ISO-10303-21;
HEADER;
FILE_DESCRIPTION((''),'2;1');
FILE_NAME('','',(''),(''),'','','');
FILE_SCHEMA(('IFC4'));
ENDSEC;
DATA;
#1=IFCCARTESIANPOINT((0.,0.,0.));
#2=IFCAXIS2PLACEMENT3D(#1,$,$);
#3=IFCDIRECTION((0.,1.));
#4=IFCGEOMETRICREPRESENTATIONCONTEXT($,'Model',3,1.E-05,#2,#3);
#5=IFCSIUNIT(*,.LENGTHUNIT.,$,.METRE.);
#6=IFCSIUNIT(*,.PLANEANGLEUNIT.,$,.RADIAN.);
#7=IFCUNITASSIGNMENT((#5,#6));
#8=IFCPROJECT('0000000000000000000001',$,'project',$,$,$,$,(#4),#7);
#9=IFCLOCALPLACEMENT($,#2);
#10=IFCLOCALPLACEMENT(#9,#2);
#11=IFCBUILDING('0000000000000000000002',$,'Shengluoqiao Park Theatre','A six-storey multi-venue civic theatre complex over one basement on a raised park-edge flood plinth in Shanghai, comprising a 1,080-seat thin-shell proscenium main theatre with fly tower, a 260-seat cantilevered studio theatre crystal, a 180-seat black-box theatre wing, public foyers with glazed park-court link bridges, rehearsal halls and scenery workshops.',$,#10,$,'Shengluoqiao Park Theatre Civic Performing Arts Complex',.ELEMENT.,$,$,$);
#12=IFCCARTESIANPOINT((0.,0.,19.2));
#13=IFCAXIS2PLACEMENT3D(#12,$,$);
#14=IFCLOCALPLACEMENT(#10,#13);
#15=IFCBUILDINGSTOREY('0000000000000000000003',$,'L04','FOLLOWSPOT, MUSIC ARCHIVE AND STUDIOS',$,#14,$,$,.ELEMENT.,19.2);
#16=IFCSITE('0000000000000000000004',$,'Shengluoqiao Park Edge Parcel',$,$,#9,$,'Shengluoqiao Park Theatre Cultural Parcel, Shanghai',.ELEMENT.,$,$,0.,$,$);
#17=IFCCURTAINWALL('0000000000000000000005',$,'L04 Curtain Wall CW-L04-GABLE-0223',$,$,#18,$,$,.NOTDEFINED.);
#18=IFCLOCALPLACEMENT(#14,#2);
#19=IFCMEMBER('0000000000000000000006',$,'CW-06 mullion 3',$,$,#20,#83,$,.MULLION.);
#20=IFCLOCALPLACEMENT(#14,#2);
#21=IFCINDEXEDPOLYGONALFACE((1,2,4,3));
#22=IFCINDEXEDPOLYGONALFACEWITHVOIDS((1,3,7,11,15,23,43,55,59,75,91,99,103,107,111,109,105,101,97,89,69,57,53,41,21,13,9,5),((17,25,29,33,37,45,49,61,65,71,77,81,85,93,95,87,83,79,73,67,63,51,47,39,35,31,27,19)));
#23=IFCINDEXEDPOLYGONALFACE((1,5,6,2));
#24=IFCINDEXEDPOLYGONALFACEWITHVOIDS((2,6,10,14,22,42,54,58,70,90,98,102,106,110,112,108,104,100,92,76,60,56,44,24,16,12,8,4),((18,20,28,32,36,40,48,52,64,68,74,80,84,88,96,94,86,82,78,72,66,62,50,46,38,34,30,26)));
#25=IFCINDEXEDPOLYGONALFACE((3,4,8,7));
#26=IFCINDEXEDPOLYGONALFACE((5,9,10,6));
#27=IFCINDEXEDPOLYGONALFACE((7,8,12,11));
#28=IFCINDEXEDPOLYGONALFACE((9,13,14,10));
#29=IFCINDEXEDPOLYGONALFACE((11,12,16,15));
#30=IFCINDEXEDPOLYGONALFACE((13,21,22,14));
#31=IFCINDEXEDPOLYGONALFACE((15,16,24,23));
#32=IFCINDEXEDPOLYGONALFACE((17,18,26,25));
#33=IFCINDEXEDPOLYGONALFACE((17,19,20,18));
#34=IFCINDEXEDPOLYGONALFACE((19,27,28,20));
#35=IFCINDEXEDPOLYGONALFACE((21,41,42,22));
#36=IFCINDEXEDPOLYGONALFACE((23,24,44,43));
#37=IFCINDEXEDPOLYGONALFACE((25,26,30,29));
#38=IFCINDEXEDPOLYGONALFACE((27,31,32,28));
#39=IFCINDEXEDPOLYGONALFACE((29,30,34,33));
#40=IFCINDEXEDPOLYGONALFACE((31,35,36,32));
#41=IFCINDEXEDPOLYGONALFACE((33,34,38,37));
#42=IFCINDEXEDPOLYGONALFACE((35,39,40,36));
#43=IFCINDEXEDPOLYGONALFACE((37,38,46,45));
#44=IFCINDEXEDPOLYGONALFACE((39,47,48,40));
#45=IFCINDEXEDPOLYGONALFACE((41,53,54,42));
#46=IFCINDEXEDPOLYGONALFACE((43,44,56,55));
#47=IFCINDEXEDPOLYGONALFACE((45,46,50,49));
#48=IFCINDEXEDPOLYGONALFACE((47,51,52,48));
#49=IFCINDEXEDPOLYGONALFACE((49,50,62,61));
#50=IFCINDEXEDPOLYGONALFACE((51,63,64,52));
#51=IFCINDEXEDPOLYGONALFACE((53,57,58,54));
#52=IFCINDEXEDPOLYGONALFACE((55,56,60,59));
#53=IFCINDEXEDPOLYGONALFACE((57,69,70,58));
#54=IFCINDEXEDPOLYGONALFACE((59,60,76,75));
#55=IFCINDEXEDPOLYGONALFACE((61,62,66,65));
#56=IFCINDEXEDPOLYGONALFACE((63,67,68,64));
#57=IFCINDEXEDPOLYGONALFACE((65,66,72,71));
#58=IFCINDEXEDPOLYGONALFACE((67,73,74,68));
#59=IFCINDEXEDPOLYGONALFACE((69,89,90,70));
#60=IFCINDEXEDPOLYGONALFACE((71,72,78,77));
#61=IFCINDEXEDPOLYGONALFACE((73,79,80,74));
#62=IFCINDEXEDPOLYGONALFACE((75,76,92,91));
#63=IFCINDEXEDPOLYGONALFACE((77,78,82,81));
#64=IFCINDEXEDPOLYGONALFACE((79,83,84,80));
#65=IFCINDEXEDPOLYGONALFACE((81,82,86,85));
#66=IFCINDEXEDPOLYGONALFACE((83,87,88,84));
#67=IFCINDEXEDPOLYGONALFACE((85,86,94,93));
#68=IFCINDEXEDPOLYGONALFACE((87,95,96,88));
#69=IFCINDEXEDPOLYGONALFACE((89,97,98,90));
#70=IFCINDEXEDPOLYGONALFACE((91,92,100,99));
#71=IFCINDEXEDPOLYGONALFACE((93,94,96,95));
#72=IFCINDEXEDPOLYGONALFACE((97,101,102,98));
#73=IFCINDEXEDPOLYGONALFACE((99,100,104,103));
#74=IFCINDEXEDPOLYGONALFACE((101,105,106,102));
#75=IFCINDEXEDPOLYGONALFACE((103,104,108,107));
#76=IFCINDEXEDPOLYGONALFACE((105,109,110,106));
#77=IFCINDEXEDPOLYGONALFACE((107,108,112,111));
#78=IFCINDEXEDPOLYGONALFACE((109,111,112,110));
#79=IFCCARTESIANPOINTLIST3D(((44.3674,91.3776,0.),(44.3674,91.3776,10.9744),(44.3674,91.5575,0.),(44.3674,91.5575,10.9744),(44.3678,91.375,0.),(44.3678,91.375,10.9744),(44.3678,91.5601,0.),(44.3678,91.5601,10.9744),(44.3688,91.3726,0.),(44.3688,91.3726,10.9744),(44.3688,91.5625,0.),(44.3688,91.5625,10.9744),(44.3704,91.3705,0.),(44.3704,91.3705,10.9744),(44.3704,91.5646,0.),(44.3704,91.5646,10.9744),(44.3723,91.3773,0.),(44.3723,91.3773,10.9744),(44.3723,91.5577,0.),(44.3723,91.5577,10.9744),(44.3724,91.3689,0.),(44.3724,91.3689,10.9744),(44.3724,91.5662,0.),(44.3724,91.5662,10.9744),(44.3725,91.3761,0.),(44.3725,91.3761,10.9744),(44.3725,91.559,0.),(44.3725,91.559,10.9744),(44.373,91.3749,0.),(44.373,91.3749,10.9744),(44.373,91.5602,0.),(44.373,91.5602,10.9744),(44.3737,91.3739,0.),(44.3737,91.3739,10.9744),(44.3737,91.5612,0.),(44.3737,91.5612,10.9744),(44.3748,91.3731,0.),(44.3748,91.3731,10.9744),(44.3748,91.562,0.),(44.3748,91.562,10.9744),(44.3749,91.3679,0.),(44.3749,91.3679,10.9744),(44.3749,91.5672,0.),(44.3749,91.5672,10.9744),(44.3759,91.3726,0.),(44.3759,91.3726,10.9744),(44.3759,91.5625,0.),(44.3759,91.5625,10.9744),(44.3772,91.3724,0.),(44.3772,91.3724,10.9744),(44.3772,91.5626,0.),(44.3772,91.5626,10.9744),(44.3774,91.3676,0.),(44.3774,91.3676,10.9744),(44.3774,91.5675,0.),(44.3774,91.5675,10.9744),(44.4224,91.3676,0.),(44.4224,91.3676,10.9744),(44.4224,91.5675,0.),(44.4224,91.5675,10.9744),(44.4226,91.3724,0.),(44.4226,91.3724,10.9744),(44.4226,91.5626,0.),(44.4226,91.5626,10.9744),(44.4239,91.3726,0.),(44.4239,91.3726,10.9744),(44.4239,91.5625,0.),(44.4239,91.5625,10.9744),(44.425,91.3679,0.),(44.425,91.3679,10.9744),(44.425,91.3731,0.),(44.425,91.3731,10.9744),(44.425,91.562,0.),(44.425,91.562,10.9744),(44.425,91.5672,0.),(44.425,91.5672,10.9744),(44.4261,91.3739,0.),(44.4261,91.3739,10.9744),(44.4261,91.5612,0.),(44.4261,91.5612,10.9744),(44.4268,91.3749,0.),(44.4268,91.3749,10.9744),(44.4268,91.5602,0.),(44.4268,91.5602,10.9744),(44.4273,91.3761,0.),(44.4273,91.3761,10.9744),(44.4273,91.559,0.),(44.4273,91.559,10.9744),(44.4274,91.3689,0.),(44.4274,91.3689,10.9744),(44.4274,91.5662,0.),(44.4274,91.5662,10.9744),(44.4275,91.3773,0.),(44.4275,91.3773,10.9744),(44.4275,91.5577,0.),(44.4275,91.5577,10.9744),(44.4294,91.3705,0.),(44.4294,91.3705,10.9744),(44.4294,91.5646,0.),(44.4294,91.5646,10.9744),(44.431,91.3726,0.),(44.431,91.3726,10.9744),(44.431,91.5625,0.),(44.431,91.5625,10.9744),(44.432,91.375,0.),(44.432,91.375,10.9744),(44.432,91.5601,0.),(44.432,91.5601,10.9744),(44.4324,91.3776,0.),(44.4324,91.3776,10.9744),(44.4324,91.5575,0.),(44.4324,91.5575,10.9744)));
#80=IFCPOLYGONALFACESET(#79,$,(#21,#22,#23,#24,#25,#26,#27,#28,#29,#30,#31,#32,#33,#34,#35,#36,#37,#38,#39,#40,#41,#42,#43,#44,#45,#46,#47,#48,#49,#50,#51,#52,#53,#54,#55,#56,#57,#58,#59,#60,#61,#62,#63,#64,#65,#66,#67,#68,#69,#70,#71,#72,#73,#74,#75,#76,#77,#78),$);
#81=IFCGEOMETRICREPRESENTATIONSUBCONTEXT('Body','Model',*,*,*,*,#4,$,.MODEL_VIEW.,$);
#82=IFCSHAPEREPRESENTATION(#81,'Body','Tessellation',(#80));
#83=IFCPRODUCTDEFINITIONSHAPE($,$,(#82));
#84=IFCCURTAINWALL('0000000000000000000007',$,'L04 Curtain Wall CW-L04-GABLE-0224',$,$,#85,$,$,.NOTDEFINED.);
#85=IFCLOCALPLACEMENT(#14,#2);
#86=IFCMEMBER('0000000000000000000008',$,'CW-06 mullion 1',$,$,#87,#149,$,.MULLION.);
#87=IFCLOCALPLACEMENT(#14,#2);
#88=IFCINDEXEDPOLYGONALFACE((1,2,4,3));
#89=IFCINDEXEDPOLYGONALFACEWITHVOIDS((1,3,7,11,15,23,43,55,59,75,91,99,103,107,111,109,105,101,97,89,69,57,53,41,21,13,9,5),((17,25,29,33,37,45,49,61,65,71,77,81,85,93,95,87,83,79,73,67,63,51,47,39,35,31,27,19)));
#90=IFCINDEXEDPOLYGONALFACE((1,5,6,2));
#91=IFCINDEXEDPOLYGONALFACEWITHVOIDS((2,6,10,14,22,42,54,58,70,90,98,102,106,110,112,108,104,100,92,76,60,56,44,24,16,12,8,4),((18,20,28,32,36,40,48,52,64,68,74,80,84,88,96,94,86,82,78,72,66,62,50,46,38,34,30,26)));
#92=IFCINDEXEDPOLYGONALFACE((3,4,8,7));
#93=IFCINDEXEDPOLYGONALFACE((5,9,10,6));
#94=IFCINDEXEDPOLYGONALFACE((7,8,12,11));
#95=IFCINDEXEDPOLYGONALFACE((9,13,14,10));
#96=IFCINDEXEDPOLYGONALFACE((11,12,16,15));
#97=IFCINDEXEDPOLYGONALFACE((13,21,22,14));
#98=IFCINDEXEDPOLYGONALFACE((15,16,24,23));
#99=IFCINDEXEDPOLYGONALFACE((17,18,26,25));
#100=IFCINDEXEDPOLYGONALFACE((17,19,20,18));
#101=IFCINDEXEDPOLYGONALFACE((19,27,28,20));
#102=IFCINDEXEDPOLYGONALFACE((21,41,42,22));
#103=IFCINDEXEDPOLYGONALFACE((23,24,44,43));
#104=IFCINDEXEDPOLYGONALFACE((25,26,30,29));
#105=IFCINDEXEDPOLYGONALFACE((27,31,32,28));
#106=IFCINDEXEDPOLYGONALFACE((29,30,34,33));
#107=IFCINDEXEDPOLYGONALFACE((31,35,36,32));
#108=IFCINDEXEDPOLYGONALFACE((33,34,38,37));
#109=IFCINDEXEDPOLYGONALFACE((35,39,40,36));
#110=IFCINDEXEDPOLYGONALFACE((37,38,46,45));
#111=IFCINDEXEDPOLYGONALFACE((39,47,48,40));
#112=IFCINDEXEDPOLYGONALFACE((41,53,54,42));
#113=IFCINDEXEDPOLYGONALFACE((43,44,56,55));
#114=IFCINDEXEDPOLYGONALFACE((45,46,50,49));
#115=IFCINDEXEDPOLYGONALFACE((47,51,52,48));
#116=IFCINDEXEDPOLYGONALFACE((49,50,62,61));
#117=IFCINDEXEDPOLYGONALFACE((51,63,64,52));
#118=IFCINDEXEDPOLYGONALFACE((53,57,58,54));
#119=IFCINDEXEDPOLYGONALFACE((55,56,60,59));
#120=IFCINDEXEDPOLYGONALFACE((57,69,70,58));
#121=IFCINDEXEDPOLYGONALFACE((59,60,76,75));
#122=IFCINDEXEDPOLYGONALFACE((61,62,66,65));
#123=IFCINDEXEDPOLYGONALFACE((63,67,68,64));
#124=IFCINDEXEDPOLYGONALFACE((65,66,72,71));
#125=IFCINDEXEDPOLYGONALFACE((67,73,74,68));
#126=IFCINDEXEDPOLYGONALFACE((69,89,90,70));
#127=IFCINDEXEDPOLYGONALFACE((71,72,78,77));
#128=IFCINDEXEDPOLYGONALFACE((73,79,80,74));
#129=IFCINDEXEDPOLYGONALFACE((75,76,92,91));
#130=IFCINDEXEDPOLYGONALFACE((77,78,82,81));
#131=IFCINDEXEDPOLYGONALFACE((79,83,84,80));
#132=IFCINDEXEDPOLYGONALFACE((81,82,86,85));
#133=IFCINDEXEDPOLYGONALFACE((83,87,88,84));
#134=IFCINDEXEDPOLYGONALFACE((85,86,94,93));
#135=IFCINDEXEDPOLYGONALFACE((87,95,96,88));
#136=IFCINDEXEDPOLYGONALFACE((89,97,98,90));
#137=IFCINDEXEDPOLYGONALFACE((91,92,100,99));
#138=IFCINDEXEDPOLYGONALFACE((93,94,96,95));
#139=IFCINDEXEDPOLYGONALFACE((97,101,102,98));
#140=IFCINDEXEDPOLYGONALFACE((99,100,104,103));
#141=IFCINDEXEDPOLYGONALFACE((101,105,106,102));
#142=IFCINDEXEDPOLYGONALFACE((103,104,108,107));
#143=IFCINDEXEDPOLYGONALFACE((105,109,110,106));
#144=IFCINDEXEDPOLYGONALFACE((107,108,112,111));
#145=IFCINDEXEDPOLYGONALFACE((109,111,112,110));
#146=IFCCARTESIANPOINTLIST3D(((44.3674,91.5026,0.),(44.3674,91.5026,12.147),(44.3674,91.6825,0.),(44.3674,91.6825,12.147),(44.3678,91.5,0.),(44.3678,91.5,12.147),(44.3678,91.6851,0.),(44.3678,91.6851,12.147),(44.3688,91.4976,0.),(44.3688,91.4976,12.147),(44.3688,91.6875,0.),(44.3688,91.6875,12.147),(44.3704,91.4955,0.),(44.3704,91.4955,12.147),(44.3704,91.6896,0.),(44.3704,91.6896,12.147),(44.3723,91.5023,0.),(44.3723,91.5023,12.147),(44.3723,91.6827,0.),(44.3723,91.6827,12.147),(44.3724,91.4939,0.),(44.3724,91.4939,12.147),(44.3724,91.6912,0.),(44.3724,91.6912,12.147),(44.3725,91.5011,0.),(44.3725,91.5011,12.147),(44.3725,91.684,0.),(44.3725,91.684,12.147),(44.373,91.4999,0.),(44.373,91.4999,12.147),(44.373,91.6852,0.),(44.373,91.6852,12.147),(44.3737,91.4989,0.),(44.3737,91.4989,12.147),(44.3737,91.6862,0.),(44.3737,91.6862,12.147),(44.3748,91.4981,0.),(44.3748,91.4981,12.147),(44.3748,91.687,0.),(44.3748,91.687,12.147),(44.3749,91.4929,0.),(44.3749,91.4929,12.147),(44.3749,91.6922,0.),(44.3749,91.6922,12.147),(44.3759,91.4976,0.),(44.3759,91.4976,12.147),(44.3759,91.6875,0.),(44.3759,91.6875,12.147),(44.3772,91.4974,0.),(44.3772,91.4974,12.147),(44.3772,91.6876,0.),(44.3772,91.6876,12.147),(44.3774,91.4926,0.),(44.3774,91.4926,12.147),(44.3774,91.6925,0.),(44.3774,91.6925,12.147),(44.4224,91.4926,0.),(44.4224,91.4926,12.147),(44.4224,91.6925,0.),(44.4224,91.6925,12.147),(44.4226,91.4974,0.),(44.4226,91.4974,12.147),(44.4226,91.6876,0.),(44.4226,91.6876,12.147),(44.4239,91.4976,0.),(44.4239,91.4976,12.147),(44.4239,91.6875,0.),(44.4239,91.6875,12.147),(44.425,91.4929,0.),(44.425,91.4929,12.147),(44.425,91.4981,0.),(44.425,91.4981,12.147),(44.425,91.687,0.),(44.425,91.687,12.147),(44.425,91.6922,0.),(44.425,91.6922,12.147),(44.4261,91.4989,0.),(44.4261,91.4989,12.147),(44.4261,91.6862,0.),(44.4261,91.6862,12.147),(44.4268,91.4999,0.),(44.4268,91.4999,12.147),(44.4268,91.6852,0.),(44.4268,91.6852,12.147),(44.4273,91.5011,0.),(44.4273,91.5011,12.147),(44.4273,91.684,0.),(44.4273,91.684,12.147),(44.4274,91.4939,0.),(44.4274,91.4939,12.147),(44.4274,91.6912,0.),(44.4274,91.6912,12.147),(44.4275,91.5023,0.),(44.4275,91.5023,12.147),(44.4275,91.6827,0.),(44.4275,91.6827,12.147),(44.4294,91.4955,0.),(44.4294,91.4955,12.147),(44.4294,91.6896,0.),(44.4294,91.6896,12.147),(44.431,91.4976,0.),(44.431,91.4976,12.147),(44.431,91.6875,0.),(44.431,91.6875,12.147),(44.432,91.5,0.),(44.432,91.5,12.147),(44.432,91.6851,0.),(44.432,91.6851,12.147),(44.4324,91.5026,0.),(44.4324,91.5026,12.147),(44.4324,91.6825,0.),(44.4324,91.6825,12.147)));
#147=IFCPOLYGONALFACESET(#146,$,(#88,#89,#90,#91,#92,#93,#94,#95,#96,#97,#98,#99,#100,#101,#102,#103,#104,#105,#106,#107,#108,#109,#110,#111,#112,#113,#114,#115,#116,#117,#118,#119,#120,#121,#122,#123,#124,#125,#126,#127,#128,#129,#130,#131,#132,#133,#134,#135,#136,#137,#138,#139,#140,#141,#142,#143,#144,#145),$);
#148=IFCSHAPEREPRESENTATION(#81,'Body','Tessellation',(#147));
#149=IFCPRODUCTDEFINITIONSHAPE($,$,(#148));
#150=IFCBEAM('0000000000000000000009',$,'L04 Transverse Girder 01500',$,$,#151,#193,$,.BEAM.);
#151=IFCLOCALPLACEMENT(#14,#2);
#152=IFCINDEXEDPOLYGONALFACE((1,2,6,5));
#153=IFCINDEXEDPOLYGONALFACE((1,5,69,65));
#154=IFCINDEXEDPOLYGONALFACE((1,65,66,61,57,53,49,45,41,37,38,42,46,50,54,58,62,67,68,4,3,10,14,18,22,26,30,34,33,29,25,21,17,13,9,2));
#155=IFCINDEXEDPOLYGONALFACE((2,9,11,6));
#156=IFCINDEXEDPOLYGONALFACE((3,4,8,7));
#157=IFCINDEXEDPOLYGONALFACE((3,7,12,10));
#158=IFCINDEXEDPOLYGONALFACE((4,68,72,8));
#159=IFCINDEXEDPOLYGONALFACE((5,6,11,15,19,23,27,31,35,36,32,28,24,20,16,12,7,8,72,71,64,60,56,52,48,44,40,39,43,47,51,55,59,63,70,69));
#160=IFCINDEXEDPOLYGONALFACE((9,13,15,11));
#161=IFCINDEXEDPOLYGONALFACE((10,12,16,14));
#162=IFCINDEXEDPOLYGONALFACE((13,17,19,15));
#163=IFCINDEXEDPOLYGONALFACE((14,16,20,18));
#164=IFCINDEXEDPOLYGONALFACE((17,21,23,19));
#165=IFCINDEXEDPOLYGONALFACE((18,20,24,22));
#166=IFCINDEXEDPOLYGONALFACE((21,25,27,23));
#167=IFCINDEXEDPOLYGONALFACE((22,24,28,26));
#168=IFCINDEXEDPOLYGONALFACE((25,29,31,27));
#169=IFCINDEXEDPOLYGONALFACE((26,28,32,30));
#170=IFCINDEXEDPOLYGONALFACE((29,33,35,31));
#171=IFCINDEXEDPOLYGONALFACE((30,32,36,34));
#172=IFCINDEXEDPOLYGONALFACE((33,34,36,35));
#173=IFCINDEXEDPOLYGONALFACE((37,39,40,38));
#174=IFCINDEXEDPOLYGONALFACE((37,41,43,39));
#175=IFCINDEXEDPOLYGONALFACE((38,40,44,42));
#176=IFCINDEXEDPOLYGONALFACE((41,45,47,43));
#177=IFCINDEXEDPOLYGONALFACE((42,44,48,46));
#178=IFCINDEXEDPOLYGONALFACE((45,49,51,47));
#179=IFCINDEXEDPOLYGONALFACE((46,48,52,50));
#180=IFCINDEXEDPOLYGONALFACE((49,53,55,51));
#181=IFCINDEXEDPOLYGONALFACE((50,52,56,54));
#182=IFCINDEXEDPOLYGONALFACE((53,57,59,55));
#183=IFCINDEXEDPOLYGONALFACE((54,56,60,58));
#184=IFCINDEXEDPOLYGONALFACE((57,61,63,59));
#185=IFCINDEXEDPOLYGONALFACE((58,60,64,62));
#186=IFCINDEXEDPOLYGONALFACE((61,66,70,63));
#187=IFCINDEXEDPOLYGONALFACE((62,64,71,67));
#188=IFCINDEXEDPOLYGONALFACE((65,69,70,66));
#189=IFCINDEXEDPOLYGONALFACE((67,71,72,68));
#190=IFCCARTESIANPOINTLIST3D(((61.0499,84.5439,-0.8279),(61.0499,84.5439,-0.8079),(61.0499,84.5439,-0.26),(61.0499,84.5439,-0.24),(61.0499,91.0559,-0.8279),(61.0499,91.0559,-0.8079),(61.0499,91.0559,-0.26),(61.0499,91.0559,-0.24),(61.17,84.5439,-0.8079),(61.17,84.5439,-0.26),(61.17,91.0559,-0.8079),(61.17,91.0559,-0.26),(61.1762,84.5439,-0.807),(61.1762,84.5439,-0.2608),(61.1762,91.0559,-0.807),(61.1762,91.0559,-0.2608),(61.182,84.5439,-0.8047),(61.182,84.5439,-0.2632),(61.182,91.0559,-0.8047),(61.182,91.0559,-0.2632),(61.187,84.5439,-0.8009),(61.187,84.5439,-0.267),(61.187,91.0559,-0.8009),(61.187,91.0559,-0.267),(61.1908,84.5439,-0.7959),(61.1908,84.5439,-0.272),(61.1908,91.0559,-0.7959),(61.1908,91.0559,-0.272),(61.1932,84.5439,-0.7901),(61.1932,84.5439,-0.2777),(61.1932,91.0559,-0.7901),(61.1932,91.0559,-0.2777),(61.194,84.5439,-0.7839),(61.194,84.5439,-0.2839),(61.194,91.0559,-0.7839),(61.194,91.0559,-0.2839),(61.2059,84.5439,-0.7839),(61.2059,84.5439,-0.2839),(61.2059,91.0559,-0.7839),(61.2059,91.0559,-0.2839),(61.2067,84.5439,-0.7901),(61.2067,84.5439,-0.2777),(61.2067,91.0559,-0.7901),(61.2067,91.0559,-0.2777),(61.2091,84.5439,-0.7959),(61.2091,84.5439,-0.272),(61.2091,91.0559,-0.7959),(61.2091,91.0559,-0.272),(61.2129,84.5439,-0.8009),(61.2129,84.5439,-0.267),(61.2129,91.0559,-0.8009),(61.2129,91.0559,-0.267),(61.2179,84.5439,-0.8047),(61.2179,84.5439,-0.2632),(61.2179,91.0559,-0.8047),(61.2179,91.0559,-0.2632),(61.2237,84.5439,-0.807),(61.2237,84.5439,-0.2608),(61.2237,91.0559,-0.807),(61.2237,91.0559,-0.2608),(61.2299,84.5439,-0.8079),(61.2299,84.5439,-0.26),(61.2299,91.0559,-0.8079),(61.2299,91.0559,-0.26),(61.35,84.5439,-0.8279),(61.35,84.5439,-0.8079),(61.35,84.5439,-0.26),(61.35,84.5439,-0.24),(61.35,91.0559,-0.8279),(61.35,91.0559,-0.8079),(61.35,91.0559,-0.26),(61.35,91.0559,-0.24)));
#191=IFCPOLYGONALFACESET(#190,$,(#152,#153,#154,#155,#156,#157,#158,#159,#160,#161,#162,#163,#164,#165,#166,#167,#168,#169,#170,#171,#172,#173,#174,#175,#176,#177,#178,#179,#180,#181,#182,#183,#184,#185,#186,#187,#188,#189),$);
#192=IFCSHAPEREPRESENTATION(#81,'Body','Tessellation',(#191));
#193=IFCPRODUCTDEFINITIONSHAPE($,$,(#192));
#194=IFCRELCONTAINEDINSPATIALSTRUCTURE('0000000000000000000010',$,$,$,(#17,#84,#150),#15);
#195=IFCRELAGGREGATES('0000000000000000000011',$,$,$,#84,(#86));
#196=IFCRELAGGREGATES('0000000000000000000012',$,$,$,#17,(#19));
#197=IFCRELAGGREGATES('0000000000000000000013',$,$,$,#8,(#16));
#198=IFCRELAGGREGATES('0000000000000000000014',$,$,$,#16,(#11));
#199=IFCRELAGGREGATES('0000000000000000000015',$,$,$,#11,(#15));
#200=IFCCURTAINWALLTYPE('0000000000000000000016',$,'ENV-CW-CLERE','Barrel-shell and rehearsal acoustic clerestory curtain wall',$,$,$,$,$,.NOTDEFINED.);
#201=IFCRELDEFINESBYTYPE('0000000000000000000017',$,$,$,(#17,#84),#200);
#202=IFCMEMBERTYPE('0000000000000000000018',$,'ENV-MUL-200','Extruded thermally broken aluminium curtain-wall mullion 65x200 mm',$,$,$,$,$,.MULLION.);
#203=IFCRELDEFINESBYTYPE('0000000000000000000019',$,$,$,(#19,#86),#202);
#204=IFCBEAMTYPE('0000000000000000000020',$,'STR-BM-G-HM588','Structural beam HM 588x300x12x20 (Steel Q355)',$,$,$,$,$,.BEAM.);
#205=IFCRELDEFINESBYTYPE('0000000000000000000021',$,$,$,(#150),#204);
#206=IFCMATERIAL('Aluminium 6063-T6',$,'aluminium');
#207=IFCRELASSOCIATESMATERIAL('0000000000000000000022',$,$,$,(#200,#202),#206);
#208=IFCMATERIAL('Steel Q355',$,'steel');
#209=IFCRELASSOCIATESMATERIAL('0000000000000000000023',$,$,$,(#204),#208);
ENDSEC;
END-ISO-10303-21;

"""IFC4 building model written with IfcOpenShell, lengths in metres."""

from ifc_helpers import new_model, si_unit, direction, frame, origin, origin_2d, place, context, subcontext, project, spatial, hollow_rectangle, i_section, extrude, material, material_profile, profile_set, type_object, element, aggregate, save


model = new_model("IFC4")

# Units and contexts
model_context = context("Model", 3, precision=1e-05, world=origin(), true_north=direction((0.0, 1.0)))
body_context = subcontext(model_context, "Body", "Model", "MODEL_VIEW")
ifc_project = project(units=[si_unit("LENGTHUNIT", "METRE"), si_unit("PLANEANGLEUNIT", "RADIAN")], contexts=[model_context])

# Site, building, storey
site_placement = place(None, origin())
site = spatial("IfcSite", under=ifc_project, at=site_placement, Name="Shengluoqiao Park Edge Parcel", LongName="Shengluoqiao Park Theatre Cultural Parcel, Shanghai", CompositionType="ELEMENT", RefElevation=0.0)
building_placement = place(site_placement, origin())
building = spatial("IfcBuilding", under=site, at=building_placement, Name="Shengluoqiao Park Theatre", Description="A six-storey multi-venue civic theatre complex over one basement on a raised park-edge flood plinth in Shanghai, comprising a 1,080-seat thin-shell proscenium main theatre with fly tower, a 260-seat cantilevered studio theatre crystal, a 180-seat black-box theatre wing, public foyers with glazed park-court link bridges, rehearsal halls and scenery workshops.", LongName="Shengluoqiao Park Theatre Civic Performing Arts Complex", CompositionType="ELEMENT")
storey_placement = place(building_placement, frame((0.0, 0.0, 19.2)))
storey = spatial("IfcBuildingStorey", under=building, at=storey_placement, Name="L04", Description="FOLLOWSPOT, MUSIC ARCHIVE AND STUDIOS", CompositionType="ELEMENT", Elevation=19.2)

# Curtain walls, members
ifc_material_1 = material(Name="Aluminium 6063-T6", Category="aluminium")
curtain_wall_type = type_object("IfcCurtainWallType", Name="ENV-CW-CLERE", Description="Barrel-shell and rehearsal acoustic clerestory curtain wall", PredefinedType="NOTDEFINED", material=ifc_material_1)
curtain_wall_1_placement = place(storey_placement, origin())
curtain_wall_1 = element("IfcCurtainWall", 1, at=curtain_wall_1_placement, inside=storey, type_object=curtain_wall_type, Name="L04 Curtain Wall CW-L04-GABLE-0223", PredefinedType="NOTDEFINED")
ifc_material_profile_1 = material_profile(ifc_material_1, hollow_rectangle(XDim=0.0649, YDim=0.2, WallThickness=0.0049, InnerFilletRadius=0.0049, OuterFilletRadius=0.01, at=origin_2d()), Name="ALU MULLION 200x65x5")
ifc_profile_set_1 = profile_set([ifc_material_profile_1], Name="Aluminium 6063-T6")
member_type = type_object("IfcMemberType", Name="ENV-MUL-200", Description="Extruded thermally broken aluminium curtain-wall mullion 65x200 mm", PredefinedType="MULLION", material=ifc_profile_set_1)
member_1_placement = place(storey_placement, frame((44.3999, 91.4675, 0.0), z_axis=(0.0, 0.0, 1.0), x_axis=(-1.0, 0.0, 0.0)))
member_1 = element("IfcMember", 2, at=member_1_placement, type_object=member_type, Name="CW-06 mullion 3", PredefinedType="MULLION", context=body_context, shape_type="SweptSolid", body=[
    extrude(hollow_rectangle(XDim=0.0649, YDim=0.2, WallThickness=0.0049, InnerFilletRadius=0.0049, OuterFilletRadius=0.01, at=origin_2d()), origin(), (0.0, 0.0, 1.0), 10.9744),
])
curtain_wall_2_placement = place(storey_placement, origin())
curtain_wall_2 = element("IfcCurtainWall", 3, at=curtain_wall_2_placement, inside=storey, type_object=curtain_wall_type, Name="L04 Curtain Wall CW-L04-GABLE-0224", PredefinedType="NOTDEFINED")
member_2_placement = place(storey_placement, frame((44.3999, 91.5925, 0.0), z_axis=(0.0, 0.0, 1.0), x_axis=(-1.0, 0.0, 0.0)))
member_2 = element("IfcMember", 4, at=member_2_placement, type_object=member_type, Name="CW-06 mullion 1", PredefinedType="MULLION", context=body_context, shape_type="SweptSolid", body=[
    extrude(hollow_rectangle(XDim=0.0649, YDim=0.2, WallThickness=0.0049, InnerFilletRadius=0.0049, OuterFilletRadius=0.01, at=origin_2d()), origin(), (0.0, 0.0, 1.0), 12.147),
])
aggregate(curtain_wall_2, [member_2])

# Beam
ifc_material_2 = material(Name="Steel Q355", Category="steel")
ifc_material_profile_2 = material_profile(ifc_material_2, i_section(OverallWidth=0.3, OverallDepth=0.5879, WebThickness=0.012, FlangeThickness=0.02, FilletRadius=0.0239, at=origin_2d()), Name="HM 588x300x12x20")
ifc_profile_set_2 = profile_set([ifc_material_profile_2], Name="Steel Q355")
beam_type_1 = type_object("IfcBeamType", Name="STR-BM-G-HM588", Description="Structural beam HM 588x300x12x20 (Steel Q355)", PredefinedType="BEAM", material=ifc_profile_set_2)
beam_1_placement = place(storey_placement, frame((61.2, 84.5439, -0.5339), z_axis=(0.0, 1.0, 0.0), x_axis=(-1.0, 0.0, 0.0)))
element("IfcBeam", 5, at=beam_1_placement, inside=storey, type_object=beam_type_1, Name="L04 Transverse Girder 01500", PredefinedType="BEAM", context=body_context, shape_type="SweptSolid", body=[
    extrude(i_section(OverallWidth=0.3, OverallDepth=0.5879, WebThickness=0.012, FlangeThickness=0.02, FilletRadius=0.0239, at=origin_2d()), origin(), (0.0, 0.0, 1.0), 6.512),
])

aggregate(curtain_wall_1, [member_1])

save(model, "model.ifc")
